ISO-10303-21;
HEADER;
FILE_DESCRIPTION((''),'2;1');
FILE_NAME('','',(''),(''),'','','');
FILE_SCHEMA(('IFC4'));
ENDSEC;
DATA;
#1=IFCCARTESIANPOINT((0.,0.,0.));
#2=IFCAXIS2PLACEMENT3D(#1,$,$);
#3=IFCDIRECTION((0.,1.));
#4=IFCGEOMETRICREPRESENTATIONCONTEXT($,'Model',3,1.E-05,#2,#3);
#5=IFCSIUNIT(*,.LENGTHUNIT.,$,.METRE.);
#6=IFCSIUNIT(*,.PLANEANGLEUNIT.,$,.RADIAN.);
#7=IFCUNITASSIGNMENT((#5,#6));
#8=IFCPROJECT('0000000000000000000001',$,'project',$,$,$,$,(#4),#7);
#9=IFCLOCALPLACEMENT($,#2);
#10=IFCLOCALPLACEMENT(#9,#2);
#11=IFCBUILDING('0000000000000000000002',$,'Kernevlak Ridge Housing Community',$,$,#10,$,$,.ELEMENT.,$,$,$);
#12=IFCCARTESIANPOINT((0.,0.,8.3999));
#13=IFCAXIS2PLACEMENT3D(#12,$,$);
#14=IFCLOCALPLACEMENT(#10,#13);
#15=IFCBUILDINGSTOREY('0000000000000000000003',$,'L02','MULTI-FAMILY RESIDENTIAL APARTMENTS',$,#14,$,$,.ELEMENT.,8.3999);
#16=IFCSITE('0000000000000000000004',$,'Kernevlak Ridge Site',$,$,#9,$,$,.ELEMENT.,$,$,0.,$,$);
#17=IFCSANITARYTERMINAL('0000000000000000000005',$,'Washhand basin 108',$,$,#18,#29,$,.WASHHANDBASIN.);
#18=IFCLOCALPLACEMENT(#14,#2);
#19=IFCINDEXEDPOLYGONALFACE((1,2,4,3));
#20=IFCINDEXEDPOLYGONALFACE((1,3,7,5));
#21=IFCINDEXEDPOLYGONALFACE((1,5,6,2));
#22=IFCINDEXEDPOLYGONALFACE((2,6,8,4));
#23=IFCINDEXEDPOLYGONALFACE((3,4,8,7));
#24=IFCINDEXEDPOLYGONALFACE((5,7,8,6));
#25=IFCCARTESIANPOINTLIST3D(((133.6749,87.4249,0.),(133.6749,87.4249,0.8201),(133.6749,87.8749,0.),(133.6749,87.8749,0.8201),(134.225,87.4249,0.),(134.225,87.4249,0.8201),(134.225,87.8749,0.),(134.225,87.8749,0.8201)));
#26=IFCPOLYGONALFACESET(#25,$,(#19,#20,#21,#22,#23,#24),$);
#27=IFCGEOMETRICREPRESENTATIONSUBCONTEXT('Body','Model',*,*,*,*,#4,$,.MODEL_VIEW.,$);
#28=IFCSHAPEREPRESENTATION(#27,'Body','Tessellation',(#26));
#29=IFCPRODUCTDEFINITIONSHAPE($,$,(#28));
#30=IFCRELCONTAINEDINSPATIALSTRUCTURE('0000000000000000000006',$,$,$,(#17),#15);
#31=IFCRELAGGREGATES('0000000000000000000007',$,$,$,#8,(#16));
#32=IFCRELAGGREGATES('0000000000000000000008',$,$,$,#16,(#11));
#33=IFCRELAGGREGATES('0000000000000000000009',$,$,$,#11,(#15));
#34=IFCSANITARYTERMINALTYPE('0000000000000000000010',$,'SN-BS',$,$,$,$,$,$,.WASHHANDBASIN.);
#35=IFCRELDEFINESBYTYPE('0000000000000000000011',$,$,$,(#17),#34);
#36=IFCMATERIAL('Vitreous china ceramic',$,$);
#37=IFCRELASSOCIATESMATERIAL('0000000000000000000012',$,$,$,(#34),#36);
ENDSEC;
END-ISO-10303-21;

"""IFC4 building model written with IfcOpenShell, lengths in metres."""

from ifc_helpers import new_model, si_unit, direction, frame, origin, origin_2d, place, context, subcontext, project, spatial, rectangle, extrude, material, type_object, element, save


model = new_model("IFC4")

# Units and contexts
model_context = context("Model", 3, precision=1e-05, world=origin(), true_north=direction((0.0, 1.0)))
body_context = subcontext(model_context, "Body", "Model", "MODEL_VIEW")
ifc_project = project(units=[si_unit("LENGTHUNIT", "METRE"), si_unit("PLANEANGLEUNIT", "RADIAN")], contexts=[model_context])

# Site, building, storey
site_placement = place(None, origin())
site = spatial("IfcSite", under=ifc_project, at=site_placement, Name="Kernevlak Ridge Site", CompositionType="ELEMENT", RefElevation=0.0)
building_placement = place(site_placement, origin())
building = spatial("IfcBuilding", under=site, at=building_placement, Name="Kernevlak Ridge Housing Community", CompositionType="ELEMENT")
storey_placement = place(building_placement, frame((0.0, 0.0, 8.3999)))
storey = spatial("IfcBuildingStorey", under=building, at=storey_placement, Name="L02", Description="MULTI-FAMILY RESIDENTIAL APARTMENTS", CompositionType="ELEMENT", Elevation=8.3999)

# Sanitary terminal
ifc_material_1 = material(Name="Vitreous china ceramic")
sanitary_terminal_type = type_object("IfcSanitaryTerminalType", Name="SN-BS", PredefinedType="WASHHANDBASIN", material=ifc_material_1)
sanitary_terminal_placement = place(storey_placement, frame((133.95, 87.6499, 0.0), z_axis=(0.0, 0.0, 1.0), x_axis=(1.0, 0.0, 0.0)))
element("IfcSanitaryTerminal", 1, at=sanitary_terminal_placement, inside=storey, type_object=sanitary_terminal_type, Name="Washhand basin 108", PredefinedType="WASHHANDBASIN", context=body_context, shape_type="SweptSolid", body=[
    extrude(rectangle(XDim=0.55, YDim=0.45, at=origin_2d()), origin(), (0.0, 0.0, 1.0), 0.8201),
])

save(model, "model.ifc")
